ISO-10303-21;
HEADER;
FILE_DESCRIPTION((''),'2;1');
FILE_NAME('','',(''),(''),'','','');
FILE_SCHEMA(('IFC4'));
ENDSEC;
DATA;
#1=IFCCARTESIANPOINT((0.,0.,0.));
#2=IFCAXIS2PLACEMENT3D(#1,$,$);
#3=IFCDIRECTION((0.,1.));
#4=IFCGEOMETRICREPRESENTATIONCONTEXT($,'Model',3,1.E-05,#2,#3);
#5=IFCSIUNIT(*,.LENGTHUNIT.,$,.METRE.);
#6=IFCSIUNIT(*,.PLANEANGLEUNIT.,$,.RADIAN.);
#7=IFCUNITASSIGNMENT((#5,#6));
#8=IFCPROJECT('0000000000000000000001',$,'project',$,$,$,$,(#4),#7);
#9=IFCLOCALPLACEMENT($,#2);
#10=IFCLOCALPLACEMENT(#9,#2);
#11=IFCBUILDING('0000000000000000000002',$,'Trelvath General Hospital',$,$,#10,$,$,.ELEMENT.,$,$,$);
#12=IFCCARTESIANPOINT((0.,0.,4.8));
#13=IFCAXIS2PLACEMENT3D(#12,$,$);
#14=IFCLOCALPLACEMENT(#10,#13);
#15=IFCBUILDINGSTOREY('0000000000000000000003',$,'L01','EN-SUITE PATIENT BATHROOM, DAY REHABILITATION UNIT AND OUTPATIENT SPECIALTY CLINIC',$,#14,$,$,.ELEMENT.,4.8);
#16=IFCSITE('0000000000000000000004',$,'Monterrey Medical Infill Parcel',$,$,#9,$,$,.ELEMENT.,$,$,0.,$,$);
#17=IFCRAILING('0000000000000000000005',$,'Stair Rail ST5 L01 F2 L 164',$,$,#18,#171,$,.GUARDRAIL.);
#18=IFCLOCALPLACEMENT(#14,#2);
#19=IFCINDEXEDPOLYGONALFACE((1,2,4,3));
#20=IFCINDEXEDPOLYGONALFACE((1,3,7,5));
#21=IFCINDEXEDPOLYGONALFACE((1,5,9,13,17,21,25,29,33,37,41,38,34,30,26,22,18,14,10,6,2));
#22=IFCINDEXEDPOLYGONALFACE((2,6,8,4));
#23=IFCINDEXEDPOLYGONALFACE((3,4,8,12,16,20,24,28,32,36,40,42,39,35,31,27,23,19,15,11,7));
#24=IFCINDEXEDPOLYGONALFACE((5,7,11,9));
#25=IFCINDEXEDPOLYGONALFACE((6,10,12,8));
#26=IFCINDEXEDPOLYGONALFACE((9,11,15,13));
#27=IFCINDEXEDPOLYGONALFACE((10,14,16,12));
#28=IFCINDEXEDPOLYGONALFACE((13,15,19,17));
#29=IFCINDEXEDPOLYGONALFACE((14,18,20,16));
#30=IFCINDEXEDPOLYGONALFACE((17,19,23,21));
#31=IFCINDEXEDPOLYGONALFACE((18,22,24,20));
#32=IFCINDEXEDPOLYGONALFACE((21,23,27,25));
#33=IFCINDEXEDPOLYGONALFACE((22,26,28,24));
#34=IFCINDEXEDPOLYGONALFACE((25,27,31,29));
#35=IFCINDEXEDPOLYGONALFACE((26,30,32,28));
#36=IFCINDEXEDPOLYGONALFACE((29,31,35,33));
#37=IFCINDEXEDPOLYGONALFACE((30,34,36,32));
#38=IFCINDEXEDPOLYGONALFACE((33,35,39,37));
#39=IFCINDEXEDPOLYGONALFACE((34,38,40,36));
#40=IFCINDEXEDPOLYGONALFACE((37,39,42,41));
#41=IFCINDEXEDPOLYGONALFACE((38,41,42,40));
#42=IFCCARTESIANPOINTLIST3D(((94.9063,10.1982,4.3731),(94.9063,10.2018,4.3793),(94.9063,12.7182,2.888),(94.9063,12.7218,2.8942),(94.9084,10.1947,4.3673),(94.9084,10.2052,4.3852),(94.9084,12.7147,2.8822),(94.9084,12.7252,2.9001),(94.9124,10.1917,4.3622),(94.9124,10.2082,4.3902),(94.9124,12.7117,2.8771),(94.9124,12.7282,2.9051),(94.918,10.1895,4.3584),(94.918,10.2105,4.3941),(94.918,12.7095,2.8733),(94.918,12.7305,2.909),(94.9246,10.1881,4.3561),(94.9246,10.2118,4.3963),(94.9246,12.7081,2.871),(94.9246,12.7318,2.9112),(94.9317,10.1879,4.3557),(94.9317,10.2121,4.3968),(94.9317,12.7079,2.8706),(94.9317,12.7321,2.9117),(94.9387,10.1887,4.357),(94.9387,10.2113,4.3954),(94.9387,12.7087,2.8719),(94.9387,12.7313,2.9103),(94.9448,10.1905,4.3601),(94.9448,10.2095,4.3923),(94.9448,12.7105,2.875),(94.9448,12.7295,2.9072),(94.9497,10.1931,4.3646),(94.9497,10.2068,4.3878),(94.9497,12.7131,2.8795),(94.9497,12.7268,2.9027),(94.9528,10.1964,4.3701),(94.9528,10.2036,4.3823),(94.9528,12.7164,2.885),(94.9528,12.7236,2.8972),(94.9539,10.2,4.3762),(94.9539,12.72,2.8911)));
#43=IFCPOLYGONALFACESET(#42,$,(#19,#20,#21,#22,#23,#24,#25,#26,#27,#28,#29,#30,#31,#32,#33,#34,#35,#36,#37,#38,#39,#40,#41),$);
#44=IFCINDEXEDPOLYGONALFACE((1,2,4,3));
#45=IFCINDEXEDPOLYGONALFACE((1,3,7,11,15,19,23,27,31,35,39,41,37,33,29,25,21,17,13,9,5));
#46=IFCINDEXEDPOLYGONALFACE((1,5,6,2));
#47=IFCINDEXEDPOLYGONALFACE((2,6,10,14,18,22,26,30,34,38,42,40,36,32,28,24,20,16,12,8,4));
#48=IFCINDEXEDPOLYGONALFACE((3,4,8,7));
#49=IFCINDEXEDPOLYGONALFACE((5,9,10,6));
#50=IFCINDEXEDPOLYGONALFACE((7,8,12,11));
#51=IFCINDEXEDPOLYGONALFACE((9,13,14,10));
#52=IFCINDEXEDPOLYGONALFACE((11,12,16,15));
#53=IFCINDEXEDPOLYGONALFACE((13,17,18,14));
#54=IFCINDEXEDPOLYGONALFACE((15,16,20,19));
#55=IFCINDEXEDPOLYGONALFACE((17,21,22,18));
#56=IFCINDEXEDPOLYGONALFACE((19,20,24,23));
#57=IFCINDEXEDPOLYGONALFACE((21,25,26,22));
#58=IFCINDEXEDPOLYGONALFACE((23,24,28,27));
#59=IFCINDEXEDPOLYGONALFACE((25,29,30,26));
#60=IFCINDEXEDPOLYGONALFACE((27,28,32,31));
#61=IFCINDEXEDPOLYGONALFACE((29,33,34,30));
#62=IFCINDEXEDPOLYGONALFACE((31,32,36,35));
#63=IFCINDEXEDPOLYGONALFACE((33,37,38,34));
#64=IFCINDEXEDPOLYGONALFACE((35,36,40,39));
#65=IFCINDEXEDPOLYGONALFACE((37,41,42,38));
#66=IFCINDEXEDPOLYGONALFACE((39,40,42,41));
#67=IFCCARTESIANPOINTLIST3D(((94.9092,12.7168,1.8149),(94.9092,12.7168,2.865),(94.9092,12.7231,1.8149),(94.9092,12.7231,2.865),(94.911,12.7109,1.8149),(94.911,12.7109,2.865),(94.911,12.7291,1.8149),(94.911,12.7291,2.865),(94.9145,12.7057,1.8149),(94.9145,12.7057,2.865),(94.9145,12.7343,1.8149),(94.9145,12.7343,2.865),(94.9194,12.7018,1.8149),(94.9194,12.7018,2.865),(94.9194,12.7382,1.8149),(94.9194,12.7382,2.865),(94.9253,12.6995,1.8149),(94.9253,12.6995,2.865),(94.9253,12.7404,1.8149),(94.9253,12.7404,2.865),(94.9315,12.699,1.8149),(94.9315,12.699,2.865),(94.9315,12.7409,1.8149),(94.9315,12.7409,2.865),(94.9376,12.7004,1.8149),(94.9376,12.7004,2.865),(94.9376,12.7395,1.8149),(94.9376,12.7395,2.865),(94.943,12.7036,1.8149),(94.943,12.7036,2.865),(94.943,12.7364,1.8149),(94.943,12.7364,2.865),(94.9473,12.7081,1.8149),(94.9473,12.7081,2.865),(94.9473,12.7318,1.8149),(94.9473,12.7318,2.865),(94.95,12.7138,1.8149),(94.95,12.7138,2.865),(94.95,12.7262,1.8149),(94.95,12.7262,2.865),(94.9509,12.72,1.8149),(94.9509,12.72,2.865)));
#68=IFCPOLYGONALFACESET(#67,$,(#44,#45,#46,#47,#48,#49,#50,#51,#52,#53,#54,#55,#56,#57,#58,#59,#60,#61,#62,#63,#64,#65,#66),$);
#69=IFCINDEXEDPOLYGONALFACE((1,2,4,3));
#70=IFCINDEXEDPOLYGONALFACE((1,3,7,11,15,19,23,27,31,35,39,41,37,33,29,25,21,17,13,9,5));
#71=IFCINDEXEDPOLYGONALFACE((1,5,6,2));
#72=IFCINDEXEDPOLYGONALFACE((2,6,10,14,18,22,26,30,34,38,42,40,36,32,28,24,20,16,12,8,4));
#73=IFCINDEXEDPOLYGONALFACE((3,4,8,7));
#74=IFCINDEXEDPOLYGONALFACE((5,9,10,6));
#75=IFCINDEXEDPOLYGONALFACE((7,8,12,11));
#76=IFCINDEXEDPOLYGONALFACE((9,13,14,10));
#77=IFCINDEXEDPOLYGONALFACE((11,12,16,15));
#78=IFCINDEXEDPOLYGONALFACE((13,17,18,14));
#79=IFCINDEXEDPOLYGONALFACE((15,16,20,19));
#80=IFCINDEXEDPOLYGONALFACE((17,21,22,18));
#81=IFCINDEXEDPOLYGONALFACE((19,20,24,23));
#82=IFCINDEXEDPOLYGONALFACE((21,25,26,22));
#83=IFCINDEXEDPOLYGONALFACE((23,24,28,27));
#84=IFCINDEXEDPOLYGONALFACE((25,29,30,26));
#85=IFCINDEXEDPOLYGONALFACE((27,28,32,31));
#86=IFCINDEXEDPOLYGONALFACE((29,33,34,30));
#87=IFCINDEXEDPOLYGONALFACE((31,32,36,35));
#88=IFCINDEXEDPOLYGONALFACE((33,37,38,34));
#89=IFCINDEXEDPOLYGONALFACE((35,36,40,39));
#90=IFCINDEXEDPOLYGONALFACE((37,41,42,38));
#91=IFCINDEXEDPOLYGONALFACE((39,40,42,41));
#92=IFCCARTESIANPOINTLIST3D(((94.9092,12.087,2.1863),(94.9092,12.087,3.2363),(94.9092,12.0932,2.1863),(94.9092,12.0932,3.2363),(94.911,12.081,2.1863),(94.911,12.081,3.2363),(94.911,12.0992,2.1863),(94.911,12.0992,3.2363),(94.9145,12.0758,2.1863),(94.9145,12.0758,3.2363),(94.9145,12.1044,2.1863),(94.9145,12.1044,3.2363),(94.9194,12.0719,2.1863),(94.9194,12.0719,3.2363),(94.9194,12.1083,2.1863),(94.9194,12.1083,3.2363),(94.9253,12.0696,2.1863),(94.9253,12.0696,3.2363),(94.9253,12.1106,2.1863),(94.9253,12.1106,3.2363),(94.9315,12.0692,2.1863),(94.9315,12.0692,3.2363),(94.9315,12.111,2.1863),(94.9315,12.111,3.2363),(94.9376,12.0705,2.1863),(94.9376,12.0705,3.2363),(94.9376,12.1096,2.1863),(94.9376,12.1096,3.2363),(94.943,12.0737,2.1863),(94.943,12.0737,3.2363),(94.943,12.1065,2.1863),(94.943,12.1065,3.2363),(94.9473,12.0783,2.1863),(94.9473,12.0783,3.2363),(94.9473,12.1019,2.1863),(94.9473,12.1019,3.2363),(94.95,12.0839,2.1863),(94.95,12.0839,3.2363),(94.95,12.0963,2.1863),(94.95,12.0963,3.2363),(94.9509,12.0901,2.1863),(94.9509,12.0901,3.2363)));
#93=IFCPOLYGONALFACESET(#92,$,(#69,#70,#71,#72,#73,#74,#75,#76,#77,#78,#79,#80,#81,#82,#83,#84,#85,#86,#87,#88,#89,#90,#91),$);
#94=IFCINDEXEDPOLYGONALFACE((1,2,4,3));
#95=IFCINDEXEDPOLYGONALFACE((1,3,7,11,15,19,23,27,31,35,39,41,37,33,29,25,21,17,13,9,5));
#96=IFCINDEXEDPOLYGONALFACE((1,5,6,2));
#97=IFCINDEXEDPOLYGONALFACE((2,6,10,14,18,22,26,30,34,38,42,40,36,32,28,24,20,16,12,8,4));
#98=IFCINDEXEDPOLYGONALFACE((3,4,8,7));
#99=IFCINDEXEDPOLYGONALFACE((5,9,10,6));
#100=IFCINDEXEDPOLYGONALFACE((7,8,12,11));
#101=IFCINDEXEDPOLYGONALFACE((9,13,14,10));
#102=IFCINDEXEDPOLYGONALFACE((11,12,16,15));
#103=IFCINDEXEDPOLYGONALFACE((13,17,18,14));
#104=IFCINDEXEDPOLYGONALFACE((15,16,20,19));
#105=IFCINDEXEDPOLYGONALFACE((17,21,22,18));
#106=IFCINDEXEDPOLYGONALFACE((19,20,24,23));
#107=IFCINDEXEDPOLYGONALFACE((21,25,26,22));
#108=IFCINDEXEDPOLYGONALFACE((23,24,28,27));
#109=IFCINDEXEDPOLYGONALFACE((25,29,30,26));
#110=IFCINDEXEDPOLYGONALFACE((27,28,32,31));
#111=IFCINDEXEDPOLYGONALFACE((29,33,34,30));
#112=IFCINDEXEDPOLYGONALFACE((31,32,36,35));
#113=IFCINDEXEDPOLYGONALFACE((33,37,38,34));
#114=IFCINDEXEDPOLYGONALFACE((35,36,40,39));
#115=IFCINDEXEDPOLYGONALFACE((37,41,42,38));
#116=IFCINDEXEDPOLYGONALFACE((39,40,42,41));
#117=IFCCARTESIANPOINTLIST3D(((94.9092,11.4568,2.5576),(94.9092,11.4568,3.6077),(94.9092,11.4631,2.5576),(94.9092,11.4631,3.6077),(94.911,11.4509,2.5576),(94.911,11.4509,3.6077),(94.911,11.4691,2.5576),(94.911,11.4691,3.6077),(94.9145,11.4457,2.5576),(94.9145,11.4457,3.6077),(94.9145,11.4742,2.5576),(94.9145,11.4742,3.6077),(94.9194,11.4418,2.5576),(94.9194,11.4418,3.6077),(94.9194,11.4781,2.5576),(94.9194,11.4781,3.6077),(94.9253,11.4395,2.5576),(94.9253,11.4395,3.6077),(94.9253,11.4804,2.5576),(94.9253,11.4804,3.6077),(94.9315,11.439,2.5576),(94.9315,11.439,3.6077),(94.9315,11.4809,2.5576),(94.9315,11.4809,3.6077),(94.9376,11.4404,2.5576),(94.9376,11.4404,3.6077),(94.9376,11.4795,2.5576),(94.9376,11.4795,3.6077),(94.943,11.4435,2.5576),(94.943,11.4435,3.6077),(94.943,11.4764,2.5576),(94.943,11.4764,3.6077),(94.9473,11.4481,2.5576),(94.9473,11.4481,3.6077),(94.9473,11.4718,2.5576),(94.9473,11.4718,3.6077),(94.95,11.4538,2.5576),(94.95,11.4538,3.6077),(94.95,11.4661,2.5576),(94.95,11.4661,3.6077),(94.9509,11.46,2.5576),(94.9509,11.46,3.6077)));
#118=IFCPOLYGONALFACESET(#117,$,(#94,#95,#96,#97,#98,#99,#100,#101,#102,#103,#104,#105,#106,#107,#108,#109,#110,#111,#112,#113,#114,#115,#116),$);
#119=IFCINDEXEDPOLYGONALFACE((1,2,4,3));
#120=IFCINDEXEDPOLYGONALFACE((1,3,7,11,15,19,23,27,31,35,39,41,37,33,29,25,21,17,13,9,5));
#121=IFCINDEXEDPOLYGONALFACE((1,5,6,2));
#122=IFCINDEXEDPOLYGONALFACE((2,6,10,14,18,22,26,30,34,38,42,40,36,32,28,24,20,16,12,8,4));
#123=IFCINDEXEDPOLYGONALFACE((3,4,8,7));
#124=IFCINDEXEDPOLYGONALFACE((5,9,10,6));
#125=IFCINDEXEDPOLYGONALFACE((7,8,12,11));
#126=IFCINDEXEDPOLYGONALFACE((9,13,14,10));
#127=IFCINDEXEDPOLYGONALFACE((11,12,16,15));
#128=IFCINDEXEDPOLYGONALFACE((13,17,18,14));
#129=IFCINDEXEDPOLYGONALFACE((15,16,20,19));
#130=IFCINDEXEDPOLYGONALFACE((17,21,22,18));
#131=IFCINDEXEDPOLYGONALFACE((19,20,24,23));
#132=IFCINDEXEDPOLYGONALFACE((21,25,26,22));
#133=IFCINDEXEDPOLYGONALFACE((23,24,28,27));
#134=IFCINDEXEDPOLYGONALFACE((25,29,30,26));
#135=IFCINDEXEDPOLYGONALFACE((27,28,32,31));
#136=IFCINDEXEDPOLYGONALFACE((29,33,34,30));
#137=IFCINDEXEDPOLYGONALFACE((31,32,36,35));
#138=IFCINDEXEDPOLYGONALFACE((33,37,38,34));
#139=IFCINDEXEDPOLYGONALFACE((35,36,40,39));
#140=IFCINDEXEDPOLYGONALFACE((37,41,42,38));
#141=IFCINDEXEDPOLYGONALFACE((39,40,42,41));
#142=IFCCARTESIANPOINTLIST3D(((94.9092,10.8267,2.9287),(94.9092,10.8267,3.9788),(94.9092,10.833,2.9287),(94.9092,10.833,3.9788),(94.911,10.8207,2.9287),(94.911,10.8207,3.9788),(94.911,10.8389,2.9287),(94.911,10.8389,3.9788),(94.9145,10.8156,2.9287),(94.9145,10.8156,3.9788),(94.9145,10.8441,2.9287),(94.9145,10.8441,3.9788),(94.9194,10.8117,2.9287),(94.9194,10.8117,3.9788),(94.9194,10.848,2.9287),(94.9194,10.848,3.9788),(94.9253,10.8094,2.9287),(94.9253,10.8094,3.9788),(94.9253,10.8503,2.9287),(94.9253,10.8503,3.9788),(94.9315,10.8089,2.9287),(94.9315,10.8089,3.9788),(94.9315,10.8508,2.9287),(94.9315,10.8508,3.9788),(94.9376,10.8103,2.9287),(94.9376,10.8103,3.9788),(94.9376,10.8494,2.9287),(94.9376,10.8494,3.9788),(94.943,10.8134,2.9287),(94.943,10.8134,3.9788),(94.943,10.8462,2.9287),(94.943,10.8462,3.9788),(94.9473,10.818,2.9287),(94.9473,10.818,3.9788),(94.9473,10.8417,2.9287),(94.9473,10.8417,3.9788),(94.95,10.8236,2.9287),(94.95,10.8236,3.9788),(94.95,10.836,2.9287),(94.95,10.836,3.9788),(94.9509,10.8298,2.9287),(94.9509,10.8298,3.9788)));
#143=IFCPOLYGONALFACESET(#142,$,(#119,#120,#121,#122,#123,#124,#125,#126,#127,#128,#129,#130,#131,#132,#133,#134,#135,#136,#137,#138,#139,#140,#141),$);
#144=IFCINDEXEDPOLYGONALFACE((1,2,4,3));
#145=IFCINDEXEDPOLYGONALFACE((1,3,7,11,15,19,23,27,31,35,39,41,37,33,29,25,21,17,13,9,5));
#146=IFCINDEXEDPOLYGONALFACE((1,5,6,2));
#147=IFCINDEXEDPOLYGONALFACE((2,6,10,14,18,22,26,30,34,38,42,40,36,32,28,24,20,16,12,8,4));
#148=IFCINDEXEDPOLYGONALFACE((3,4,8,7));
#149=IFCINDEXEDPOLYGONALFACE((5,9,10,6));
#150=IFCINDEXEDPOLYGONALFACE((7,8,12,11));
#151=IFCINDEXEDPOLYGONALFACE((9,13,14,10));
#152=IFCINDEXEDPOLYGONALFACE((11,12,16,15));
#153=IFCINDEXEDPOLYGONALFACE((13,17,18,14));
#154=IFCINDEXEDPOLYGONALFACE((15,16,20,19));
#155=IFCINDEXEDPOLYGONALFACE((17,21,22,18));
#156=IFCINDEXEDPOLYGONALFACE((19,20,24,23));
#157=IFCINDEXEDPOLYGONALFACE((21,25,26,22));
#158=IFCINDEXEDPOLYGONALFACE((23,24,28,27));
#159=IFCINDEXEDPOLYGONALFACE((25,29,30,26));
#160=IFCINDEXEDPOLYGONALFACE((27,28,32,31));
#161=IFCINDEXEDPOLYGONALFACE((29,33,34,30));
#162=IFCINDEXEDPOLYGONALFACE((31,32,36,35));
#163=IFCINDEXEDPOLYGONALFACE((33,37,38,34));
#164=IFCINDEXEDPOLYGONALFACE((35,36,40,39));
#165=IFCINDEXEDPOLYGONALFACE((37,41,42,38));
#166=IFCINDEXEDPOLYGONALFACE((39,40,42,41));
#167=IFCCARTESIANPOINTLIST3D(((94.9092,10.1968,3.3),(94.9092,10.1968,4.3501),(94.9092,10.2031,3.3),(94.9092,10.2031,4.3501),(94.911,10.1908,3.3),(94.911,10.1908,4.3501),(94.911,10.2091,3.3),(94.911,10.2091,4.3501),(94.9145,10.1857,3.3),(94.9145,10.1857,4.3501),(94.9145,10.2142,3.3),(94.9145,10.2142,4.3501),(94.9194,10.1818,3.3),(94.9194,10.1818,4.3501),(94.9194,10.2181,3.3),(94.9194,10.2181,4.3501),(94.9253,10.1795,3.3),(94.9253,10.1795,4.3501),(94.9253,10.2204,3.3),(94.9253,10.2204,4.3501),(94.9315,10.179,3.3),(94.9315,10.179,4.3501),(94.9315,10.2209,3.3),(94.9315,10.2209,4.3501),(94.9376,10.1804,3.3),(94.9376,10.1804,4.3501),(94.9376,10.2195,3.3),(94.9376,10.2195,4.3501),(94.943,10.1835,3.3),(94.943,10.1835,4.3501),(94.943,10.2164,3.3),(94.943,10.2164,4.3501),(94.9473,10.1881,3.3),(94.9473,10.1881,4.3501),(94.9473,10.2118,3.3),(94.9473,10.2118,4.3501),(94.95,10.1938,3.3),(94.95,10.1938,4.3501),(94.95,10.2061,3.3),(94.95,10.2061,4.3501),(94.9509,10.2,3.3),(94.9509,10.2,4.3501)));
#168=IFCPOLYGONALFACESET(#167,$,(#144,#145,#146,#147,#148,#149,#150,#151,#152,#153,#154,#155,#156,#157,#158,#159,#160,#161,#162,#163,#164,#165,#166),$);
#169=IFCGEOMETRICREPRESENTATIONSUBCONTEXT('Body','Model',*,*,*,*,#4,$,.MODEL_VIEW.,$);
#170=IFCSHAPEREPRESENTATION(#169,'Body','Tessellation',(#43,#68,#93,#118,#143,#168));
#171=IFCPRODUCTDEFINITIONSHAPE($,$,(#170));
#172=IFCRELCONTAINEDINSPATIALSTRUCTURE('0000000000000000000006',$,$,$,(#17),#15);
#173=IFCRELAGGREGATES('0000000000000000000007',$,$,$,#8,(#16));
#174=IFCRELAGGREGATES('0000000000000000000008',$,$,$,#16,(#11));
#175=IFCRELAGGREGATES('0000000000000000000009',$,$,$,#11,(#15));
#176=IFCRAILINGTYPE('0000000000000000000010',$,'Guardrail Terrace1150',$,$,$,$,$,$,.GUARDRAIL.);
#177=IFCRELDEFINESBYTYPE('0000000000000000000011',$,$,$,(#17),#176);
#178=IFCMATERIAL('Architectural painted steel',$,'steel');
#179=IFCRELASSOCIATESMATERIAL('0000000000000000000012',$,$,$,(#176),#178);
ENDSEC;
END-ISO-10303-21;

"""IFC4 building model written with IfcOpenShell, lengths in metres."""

from ifc_helpers import new_model, si_unit, direction, frame, origin, origin_2d, place, context, subcontext, project, spatial, circle, extrude, material, type_object, element, save


model = new_model("IFC4")

# Units and contexts
model_context = context("Model", 3, precision=1e-05, world=origin(), true_north=direction((0.0, 1.0)))
body_context = subcontext(model_context, "Body", "Model", "MODEL_VIEW")
ifc_project = project(units=[si_unit("LENGTHUNIT", "METRE"), si_unit("PLANEANGLEUNIT", "RADIAN")], contexts=[model_context])

# Site, building, storey
site_placement = place(None, origin())
site = spatial("IfcSite", under=ifc_project, at=site_placement, Name="Monterrey Medical Infill Parcel", CompositionType="ELEMENT", RefElevation=0.0)
building_placement = place(site_placement, origin())
building = spatial("IfcBuilding", under=site, at=building_placement, Name="Trelvath General Hospital", CompositionType="ELEMENT")
storey_placement = place(building_placement, frame((0.0, 0.0, 4.8)))
storey = spatial("IfcBuildingStorey", under=building, at=storey_placement, Name="L01", Description="EN-SUITE PATIENT BATHROOM, DAY REHABILITATION UNIT AND OUTPATIENT SPECIALTY CLINIC", CompositionType="ELEMENT", Elevation=4.8)

# Railing
ifc_material_1 = material(Name="Architectural painted steel", Category="steel")
railing_type_1 = type_object("IfcRailingType", Name="Guardrail Terrace1150", PredefinedType="GUARDRAIL", material=ifc_material_1)
railing_1_placement = place(storey_placement, frame((94.9299, 12.72, 1.8149)))
element("IfcRailing", 1, at=railing_1_placement, inside=storey, type_object=railing_type_1, Name="Stair Rail ST5 L01 F2 L 164", PredefinedType="GUARDRAIL", context=body_context, shape_type="SweptSolid", body=[
    extrude(circle(Radius=0.0239, at=origin_2d()), frame((0.0, 0.0, 1.0762), z_axis=(0.0, -0.861524, 0.507717), x_axis=(1.0, 0.0, 0.0)), (0.0, 0.0, 1.0), 2.925),
    extrude(circle(Radius=0.021, at=origin_2d()), origin(), (0.0, 0.0, 1.0), 1.05),
    extrude(circle(Radius=0.021, at=origin_2d()), frame((0.0, -0.6299, 0.3713)), (0.0, 0.0, 1.0), 1.05),
    extrude(circle(Radius=0.021, at=origin_2d()), frame((0.0, -1.26, 0.7427)), (0.0, 0.0, 1.0), 1.05),
    extrude(circle(Radius=0.021, at=origin_2d()), frame((0.0, -1.8901, 1.1138)), (0.0, 0.0, 1.0), 1.05),
    extrude(circle(Radius=0.021, at=origin_2d()), frame((0.0, -2.52, 1.4851)), (0.0, 0.0, 1.0), 1.05),
])

save(model, "model.ifc")
